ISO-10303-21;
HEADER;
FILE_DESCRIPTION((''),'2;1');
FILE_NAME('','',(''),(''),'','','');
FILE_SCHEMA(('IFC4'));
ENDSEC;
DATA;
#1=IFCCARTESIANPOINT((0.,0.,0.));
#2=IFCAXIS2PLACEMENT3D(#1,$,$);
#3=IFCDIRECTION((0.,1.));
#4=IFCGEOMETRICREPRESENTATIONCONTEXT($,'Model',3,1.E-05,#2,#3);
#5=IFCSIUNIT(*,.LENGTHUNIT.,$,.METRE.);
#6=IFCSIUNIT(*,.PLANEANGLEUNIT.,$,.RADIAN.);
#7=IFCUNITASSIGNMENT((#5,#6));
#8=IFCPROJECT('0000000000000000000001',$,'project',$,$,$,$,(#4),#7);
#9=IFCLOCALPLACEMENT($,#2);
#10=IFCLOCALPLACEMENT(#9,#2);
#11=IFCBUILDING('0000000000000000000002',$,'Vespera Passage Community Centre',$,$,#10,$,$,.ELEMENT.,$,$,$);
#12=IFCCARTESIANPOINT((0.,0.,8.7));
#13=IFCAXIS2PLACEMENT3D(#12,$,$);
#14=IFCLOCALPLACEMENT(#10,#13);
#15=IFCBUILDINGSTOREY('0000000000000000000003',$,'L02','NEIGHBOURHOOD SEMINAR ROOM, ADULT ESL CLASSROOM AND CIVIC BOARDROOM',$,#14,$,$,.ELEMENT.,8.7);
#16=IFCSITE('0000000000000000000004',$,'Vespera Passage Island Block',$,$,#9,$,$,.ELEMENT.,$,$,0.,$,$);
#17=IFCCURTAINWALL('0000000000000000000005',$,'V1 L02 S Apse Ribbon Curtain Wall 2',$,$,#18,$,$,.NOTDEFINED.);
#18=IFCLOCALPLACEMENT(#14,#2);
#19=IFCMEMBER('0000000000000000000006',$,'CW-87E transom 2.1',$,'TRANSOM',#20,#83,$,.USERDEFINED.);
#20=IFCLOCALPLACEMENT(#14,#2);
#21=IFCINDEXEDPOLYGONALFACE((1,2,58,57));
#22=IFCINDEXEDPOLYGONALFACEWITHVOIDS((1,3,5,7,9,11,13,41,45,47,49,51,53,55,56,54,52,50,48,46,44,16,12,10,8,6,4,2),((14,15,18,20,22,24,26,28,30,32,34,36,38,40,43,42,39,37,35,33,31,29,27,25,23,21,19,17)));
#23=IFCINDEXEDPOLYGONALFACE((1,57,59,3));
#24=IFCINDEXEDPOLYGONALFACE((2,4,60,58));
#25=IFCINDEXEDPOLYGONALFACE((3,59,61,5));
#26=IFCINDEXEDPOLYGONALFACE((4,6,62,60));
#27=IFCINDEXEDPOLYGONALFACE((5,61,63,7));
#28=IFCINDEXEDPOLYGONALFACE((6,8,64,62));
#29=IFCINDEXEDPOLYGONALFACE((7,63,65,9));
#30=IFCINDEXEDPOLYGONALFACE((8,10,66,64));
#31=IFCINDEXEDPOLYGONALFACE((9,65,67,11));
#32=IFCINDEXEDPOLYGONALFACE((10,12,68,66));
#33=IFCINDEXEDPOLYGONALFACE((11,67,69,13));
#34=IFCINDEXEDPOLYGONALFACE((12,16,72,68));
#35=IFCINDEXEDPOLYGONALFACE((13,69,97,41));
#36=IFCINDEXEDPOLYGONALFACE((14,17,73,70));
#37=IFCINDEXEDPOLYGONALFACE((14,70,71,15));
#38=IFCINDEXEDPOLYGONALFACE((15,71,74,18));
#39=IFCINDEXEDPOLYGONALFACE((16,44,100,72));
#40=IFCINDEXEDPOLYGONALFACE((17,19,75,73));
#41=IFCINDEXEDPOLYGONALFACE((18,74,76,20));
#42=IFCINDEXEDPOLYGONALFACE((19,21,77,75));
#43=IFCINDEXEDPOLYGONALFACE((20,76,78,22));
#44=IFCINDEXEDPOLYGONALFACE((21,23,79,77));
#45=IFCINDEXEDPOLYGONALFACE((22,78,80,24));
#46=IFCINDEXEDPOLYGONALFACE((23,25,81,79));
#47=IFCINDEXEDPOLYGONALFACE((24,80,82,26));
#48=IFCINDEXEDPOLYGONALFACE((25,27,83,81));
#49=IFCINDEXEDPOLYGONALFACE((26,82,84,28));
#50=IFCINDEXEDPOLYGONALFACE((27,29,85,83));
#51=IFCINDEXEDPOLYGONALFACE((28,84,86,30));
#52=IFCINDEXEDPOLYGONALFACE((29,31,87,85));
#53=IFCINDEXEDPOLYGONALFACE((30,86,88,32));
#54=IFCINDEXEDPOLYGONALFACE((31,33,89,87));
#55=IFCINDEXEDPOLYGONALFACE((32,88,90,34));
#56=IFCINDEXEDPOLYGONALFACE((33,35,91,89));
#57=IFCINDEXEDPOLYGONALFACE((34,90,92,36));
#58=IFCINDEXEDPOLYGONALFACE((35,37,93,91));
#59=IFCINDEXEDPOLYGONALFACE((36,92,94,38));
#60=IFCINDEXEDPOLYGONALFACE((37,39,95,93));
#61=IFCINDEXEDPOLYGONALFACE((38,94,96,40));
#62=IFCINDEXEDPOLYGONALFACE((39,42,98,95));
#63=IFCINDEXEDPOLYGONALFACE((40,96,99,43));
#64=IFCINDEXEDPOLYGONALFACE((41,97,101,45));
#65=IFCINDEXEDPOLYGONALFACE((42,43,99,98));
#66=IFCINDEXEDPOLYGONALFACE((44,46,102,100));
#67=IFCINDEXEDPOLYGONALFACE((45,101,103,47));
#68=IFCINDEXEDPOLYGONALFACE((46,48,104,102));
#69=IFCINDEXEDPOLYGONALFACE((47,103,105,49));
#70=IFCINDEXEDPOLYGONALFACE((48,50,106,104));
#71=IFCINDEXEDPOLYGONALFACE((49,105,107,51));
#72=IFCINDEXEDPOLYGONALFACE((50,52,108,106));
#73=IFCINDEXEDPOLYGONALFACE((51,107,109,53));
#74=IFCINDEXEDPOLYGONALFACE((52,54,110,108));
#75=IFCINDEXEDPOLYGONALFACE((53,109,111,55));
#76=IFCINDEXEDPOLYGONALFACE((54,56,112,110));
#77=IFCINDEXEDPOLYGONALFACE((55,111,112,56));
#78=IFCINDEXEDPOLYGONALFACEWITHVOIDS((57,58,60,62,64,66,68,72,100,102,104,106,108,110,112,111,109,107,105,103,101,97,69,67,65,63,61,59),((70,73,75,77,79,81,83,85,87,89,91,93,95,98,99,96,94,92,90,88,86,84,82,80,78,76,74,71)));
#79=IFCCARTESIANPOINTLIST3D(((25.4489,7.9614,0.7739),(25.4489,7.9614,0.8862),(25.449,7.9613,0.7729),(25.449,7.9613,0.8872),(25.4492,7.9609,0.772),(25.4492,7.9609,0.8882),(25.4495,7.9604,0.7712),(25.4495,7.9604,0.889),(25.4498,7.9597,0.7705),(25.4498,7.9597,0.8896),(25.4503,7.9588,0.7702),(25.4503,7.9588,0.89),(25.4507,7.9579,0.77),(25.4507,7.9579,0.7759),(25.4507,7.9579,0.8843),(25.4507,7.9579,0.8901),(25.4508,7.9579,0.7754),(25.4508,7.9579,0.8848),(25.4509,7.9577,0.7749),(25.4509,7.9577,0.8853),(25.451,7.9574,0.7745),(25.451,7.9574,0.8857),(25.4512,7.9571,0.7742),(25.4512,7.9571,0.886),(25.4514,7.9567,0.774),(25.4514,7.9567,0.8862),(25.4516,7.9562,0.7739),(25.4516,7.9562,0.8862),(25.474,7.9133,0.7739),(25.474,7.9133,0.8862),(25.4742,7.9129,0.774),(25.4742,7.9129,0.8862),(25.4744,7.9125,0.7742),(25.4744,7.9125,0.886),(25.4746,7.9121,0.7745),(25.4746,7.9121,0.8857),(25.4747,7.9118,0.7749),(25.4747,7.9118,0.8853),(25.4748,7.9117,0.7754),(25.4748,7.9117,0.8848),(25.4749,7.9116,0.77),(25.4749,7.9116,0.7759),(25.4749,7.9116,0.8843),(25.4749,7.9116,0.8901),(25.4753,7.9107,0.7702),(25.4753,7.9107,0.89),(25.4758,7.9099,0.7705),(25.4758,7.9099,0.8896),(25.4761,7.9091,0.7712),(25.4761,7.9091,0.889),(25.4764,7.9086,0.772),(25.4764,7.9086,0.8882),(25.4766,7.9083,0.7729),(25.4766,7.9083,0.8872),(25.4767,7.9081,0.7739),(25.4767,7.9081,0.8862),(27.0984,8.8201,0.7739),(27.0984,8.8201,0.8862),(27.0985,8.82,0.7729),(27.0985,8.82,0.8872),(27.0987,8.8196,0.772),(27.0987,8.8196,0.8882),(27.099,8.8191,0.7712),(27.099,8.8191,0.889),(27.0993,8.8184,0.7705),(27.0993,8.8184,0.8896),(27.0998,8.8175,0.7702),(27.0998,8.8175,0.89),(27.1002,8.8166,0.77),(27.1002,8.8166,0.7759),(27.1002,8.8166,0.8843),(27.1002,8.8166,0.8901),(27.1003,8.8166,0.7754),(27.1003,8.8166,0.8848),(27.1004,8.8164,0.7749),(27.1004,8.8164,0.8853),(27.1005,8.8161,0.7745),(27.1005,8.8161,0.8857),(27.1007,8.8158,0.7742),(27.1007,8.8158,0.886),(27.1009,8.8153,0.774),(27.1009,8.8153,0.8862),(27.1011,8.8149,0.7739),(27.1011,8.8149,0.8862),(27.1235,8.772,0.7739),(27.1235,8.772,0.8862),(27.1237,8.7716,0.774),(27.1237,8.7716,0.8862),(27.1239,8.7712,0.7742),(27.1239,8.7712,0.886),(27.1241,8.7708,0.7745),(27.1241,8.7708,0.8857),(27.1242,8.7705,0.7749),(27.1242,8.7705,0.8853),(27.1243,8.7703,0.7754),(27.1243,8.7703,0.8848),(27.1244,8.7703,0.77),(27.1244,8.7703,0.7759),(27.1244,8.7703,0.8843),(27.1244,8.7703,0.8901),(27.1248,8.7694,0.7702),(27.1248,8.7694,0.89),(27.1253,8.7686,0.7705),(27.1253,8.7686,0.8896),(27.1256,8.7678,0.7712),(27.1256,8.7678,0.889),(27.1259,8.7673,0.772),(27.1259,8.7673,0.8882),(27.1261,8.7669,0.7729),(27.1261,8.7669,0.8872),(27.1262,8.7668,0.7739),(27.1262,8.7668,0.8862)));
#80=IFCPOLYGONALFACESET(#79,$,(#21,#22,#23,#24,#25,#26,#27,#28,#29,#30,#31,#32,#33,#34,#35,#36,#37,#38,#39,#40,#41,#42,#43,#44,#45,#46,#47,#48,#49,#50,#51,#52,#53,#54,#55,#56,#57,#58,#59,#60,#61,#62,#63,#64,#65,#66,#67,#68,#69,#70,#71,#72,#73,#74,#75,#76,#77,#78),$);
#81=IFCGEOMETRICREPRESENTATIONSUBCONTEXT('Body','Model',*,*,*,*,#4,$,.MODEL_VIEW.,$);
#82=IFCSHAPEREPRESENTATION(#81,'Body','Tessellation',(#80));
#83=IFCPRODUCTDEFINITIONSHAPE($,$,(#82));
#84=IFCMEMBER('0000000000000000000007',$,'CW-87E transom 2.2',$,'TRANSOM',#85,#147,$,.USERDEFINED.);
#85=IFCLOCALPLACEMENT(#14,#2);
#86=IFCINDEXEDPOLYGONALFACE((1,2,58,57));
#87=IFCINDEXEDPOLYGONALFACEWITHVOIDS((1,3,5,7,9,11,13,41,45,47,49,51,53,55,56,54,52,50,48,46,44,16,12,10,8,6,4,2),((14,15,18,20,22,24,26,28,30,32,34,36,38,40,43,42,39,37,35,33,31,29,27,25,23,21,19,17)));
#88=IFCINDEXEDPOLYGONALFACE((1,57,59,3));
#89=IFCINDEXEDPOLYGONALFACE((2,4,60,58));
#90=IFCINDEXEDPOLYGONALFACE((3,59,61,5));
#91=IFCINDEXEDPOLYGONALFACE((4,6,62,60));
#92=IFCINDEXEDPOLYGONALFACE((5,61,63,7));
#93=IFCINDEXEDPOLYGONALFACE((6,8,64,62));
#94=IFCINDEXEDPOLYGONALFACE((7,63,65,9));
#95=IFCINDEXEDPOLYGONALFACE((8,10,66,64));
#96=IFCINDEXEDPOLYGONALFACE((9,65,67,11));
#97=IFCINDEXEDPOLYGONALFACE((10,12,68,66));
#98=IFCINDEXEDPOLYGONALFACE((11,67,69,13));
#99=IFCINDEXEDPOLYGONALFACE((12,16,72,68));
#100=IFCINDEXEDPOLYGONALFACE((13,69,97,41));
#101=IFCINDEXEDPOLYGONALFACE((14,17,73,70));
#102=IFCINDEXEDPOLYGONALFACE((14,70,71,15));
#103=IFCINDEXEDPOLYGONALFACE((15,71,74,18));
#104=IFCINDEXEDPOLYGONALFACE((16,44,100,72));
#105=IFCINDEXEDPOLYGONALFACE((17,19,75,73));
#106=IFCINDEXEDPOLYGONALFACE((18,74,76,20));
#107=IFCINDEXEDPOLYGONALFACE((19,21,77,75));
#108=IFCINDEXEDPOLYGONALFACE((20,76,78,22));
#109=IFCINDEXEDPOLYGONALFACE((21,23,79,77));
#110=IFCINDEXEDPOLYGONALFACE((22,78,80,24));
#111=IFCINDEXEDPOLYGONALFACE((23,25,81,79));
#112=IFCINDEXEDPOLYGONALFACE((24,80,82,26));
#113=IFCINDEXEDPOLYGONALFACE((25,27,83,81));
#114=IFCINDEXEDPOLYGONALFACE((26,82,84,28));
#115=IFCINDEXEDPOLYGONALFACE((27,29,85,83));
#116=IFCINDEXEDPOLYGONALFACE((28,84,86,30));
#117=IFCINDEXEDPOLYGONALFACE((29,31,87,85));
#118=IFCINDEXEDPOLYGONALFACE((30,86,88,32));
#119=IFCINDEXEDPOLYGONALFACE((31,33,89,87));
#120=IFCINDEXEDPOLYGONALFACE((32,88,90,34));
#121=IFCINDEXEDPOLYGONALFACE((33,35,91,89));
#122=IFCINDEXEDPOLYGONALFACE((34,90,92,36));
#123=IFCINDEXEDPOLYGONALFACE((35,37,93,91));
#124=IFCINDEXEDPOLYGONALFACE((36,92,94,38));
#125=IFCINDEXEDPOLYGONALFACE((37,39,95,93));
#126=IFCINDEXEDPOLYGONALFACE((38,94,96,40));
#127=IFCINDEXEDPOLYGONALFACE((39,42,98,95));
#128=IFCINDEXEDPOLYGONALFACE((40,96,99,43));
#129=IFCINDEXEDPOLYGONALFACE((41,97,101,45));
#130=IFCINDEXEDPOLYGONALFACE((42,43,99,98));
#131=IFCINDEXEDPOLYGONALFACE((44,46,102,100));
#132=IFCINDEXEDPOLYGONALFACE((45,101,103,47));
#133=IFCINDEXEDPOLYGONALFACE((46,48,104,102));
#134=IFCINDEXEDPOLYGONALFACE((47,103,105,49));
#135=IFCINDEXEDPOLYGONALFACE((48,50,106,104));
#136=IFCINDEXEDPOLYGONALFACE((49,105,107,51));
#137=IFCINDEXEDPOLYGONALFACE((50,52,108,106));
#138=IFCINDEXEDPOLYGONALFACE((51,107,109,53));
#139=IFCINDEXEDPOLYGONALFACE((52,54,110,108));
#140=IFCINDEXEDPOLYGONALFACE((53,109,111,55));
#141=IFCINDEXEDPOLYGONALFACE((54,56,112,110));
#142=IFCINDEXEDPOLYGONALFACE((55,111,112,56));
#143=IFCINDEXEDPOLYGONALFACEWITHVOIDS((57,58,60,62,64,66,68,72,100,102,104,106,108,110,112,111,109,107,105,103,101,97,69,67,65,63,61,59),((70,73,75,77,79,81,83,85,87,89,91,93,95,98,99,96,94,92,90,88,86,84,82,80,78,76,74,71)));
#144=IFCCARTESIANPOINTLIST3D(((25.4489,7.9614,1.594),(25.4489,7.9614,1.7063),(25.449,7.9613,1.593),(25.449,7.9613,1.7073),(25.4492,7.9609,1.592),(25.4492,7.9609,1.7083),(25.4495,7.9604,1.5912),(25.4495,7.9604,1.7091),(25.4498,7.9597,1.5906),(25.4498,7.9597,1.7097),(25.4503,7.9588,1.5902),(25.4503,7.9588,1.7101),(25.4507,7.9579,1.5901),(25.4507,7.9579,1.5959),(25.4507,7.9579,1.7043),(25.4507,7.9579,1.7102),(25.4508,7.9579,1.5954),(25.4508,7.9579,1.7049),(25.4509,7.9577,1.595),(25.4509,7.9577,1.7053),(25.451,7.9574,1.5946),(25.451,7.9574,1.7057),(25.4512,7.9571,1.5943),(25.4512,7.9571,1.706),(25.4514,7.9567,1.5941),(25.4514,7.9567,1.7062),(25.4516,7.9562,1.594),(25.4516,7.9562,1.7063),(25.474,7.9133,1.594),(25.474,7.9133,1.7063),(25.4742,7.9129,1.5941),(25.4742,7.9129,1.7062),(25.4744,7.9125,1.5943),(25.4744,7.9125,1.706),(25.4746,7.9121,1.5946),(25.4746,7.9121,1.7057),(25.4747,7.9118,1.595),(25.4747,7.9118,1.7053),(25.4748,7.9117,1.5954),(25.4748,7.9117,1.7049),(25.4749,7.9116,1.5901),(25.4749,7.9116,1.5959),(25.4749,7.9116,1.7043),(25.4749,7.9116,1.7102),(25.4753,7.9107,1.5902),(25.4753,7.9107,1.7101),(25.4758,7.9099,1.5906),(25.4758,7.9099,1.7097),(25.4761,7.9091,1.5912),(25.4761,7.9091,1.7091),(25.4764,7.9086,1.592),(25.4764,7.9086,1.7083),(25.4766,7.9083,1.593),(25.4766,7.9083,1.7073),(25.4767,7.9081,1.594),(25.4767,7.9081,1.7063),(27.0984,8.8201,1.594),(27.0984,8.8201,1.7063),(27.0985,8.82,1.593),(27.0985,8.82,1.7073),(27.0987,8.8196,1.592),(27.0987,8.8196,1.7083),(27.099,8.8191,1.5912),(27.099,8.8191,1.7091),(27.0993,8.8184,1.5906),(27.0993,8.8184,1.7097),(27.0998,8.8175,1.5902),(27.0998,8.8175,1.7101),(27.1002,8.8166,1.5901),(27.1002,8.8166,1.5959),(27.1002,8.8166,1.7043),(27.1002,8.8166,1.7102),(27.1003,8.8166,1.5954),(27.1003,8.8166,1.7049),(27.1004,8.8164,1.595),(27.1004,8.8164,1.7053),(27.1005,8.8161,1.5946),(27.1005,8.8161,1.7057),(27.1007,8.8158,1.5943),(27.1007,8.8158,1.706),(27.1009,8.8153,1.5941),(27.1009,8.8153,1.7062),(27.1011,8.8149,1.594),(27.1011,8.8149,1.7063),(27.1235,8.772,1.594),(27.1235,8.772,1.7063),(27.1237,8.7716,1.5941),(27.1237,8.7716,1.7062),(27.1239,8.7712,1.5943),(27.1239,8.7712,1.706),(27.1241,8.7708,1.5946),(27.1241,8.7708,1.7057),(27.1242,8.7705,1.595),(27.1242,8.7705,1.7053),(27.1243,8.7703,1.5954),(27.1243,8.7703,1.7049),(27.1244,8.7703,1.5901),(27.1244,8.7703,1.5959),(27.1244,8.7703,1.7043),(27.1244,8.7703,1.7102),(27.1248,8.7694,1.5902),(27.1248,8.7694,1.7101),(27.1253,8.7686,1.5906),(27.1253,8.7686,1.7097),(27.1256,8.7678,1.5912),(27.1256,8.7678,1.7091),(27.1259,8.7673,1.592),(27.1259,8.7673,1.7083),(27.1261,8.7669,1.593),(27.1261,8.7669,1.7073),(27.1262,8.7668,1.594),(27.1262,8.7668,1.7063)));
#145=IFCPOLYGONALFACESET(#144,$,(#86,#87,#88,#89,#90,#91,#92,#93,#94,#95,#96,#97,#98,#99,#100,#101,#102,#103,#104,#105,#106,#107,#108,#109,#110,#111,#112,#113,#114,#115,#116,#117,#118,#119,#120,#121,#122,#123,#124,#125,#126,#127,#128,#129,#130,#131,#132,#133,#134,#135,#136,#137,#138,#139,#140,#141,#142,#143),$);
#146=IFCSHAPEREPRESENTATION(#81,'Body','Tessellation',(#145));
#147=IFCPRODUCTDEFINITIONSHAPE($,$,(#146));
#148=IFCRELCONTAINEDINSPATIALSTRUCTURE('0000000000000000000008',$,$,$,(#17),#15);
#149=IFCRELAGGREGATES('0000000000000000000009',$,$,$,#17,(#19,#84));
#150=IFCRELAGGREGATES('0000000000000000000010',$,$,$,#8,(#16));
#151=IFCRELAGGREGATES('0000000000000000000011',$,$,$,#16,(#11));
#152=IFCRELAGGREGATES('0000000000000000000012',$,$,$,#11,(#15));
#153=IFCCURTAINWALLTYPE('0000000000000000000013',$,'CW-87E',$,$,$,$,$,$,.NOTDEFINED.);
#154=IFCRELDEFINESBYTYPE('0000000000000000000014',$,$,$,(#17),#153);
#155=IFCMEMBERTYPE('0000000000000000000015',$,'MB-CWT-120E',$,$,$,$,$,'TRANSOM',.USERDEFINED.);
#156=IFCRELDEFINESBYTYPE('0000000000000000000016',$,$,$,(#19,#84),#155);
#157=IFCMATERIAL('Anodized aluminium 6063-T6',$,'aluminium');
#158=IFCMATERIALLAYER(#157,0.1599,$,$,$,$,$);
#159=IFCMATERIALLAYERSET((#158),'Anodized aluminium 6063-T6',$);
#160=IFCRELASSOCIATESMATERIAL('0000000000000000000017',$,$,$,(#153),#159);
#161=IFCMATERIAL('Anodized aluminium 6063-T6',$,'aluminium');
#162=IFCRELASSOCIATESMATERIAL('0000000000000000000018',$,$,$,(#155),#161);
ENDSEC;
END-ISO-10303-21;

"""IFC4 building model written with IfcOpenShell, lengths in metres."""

from ifc_helpers import new_model, si_unit, direction, frame, origin, origin_2d, place, context, subcontext, project, spatial, hollow_rectangle, extrude, material, layer, layer_set, material_profile, profile_set, type_object, element, aggregate, save


model = new_model("IFC4")

# Units and contexts
model_context = context("Model", 3, precision=1e-05, world=origin(), true_north=direction((0.0, 1.0)))
body_context = subcontext(model_context, "Body", "Model", "MODEL_VIEW")
ifc_project = project(units=[si_unit("LENGTHUNIT", "METRE"), si_unit("PLANEANGLEUNIT", "RADIAN")], contexts=[model_context])

# Site, building, storey
site_placement = place(None, origin())
site = spatial("IfcSite", under=ifc_project, at=site_placement, Name="Vespera Passage Island Block", CompositionType="ELEMENT", RefElevation=0.0)
building_placement = place(site_placement, origin())
building = spatial("IfcBuilding", under=site, at=building_placement, Name="Vespera Passage Community Centre", CompositionType="ELEMENT")
storey_placement = place(building_placement, frame((0.0, 0.0, 8.7)))
storey = spatial("IfcBuildingStorey", under=building, at=storey_placement, Name="L02", Description="NEIGHBOURHOOD SEMINAR ROOM, ADULT ESL CLASSROOM AND CIVIC BOARDROOM", CompositionType="ELEMENT", Elevation=8.7)

# Curtain wall
ifc_material_1 = material(Name="Anodized aluminium 6063-T6", Category="aluminium")
ifc_layer_1 = layer(ifc_material_1, 0.1599)
ifc_layer_set_1 = layer_set([ifc_layer_1], Name="Anodized aluminium 6063-T6")
curtain_wall_type_1 = type_object("IfcCurtainWallType", Name="CW-87E", PredefinedType="NOTDEFINED", material=ifc_layer_set_1)
curtain_wall_1_placement = place(storey_placement, origin())
curtain_wall_1 = element("IfcCurtainWall", 1, at=curtain_wall_1_placement, inside=storey, type_object=curtain_wall_type_1, Name="V1 L02 S Apse Ribbon Curtain Wall 2", PredefinedType="NOTDEFINED")
ifc_material_2 = material(Name="Anodized aluminium 6063-T6", Category="aluminium")
ifc_material_profile_1 = material_profile(ifc_material_2, hollow_rectangle(XDim=0.0601, YDim=0.1201, WallThickness=0.0039, InnerFilletRadius=0.002, OuterFilletRadius=0.0039, at=origin_2d()), Name="ALU120X60X4")
ifc_profile_set_1 = profile_set([ifc_material_profile_1], Name="Anodized aluminium 6063-T6")
member_type_1 = type_object("IfcMemberType", Name="MB-CWT-120E", ElementType="TRANSOM", PredefinedType="USERDEFINED", material=ifc_profile_set_1)

# Members
member_1_placement = place(storey_placement, frame((27.1123, 8.7935, 0.8301), z_axis=(-0.887008, -0.461754, 0.0), x_axis=(0.461754, -0.887008, 0.0)))
member_1 = element("IfcMember", 2, at=member_1_placement, type_object=member_type_1, Name="CW-87E transom 2.1", ObjectType="TRANSOM", PredefinedType="USERDEFINED", context=body_context, shape_type="SweptSolid", body=[
    extrude(hollow_rectangle(XDim=0.0601, YDim=0.1201, WallThickness=0.0039, InnerFilletRadius=0.002, OuterFilletRadius=0.0039, at=origin_2d()), origin(), (0.0, 0.0, 1.0), 1.8596),
])
member_2_placement = place(storey_placement, frame((27.1123, 8.7935, 1.6501), z_axis=(-0.887008, -0.461754, 0.0), x_axis=(0.461754, -0.887008, 0.0)))
member_2 = element("IfcMember", 3, at=member_2_placement, type_object=member_type_1, Name="CW-87E transom 2.2", ObjectType="TRANSOM", PredefinedType="USERDEFINED", context=body_context, shape_type="SweptSolid", body=[
    extrude(hollow_rectangle(XDim=0.0601, YDim=0.1201, WallThickness=0.0039, InnerFilletRadius=0.002, OuterFilletRadius=0.0039, at=origin_2d()), origin(), (0.0, 0.0, 1.0), 1.8596),
])

aggregate(curtain_wall_1, [member_1, member_2])

save(model, "model.ifc")
